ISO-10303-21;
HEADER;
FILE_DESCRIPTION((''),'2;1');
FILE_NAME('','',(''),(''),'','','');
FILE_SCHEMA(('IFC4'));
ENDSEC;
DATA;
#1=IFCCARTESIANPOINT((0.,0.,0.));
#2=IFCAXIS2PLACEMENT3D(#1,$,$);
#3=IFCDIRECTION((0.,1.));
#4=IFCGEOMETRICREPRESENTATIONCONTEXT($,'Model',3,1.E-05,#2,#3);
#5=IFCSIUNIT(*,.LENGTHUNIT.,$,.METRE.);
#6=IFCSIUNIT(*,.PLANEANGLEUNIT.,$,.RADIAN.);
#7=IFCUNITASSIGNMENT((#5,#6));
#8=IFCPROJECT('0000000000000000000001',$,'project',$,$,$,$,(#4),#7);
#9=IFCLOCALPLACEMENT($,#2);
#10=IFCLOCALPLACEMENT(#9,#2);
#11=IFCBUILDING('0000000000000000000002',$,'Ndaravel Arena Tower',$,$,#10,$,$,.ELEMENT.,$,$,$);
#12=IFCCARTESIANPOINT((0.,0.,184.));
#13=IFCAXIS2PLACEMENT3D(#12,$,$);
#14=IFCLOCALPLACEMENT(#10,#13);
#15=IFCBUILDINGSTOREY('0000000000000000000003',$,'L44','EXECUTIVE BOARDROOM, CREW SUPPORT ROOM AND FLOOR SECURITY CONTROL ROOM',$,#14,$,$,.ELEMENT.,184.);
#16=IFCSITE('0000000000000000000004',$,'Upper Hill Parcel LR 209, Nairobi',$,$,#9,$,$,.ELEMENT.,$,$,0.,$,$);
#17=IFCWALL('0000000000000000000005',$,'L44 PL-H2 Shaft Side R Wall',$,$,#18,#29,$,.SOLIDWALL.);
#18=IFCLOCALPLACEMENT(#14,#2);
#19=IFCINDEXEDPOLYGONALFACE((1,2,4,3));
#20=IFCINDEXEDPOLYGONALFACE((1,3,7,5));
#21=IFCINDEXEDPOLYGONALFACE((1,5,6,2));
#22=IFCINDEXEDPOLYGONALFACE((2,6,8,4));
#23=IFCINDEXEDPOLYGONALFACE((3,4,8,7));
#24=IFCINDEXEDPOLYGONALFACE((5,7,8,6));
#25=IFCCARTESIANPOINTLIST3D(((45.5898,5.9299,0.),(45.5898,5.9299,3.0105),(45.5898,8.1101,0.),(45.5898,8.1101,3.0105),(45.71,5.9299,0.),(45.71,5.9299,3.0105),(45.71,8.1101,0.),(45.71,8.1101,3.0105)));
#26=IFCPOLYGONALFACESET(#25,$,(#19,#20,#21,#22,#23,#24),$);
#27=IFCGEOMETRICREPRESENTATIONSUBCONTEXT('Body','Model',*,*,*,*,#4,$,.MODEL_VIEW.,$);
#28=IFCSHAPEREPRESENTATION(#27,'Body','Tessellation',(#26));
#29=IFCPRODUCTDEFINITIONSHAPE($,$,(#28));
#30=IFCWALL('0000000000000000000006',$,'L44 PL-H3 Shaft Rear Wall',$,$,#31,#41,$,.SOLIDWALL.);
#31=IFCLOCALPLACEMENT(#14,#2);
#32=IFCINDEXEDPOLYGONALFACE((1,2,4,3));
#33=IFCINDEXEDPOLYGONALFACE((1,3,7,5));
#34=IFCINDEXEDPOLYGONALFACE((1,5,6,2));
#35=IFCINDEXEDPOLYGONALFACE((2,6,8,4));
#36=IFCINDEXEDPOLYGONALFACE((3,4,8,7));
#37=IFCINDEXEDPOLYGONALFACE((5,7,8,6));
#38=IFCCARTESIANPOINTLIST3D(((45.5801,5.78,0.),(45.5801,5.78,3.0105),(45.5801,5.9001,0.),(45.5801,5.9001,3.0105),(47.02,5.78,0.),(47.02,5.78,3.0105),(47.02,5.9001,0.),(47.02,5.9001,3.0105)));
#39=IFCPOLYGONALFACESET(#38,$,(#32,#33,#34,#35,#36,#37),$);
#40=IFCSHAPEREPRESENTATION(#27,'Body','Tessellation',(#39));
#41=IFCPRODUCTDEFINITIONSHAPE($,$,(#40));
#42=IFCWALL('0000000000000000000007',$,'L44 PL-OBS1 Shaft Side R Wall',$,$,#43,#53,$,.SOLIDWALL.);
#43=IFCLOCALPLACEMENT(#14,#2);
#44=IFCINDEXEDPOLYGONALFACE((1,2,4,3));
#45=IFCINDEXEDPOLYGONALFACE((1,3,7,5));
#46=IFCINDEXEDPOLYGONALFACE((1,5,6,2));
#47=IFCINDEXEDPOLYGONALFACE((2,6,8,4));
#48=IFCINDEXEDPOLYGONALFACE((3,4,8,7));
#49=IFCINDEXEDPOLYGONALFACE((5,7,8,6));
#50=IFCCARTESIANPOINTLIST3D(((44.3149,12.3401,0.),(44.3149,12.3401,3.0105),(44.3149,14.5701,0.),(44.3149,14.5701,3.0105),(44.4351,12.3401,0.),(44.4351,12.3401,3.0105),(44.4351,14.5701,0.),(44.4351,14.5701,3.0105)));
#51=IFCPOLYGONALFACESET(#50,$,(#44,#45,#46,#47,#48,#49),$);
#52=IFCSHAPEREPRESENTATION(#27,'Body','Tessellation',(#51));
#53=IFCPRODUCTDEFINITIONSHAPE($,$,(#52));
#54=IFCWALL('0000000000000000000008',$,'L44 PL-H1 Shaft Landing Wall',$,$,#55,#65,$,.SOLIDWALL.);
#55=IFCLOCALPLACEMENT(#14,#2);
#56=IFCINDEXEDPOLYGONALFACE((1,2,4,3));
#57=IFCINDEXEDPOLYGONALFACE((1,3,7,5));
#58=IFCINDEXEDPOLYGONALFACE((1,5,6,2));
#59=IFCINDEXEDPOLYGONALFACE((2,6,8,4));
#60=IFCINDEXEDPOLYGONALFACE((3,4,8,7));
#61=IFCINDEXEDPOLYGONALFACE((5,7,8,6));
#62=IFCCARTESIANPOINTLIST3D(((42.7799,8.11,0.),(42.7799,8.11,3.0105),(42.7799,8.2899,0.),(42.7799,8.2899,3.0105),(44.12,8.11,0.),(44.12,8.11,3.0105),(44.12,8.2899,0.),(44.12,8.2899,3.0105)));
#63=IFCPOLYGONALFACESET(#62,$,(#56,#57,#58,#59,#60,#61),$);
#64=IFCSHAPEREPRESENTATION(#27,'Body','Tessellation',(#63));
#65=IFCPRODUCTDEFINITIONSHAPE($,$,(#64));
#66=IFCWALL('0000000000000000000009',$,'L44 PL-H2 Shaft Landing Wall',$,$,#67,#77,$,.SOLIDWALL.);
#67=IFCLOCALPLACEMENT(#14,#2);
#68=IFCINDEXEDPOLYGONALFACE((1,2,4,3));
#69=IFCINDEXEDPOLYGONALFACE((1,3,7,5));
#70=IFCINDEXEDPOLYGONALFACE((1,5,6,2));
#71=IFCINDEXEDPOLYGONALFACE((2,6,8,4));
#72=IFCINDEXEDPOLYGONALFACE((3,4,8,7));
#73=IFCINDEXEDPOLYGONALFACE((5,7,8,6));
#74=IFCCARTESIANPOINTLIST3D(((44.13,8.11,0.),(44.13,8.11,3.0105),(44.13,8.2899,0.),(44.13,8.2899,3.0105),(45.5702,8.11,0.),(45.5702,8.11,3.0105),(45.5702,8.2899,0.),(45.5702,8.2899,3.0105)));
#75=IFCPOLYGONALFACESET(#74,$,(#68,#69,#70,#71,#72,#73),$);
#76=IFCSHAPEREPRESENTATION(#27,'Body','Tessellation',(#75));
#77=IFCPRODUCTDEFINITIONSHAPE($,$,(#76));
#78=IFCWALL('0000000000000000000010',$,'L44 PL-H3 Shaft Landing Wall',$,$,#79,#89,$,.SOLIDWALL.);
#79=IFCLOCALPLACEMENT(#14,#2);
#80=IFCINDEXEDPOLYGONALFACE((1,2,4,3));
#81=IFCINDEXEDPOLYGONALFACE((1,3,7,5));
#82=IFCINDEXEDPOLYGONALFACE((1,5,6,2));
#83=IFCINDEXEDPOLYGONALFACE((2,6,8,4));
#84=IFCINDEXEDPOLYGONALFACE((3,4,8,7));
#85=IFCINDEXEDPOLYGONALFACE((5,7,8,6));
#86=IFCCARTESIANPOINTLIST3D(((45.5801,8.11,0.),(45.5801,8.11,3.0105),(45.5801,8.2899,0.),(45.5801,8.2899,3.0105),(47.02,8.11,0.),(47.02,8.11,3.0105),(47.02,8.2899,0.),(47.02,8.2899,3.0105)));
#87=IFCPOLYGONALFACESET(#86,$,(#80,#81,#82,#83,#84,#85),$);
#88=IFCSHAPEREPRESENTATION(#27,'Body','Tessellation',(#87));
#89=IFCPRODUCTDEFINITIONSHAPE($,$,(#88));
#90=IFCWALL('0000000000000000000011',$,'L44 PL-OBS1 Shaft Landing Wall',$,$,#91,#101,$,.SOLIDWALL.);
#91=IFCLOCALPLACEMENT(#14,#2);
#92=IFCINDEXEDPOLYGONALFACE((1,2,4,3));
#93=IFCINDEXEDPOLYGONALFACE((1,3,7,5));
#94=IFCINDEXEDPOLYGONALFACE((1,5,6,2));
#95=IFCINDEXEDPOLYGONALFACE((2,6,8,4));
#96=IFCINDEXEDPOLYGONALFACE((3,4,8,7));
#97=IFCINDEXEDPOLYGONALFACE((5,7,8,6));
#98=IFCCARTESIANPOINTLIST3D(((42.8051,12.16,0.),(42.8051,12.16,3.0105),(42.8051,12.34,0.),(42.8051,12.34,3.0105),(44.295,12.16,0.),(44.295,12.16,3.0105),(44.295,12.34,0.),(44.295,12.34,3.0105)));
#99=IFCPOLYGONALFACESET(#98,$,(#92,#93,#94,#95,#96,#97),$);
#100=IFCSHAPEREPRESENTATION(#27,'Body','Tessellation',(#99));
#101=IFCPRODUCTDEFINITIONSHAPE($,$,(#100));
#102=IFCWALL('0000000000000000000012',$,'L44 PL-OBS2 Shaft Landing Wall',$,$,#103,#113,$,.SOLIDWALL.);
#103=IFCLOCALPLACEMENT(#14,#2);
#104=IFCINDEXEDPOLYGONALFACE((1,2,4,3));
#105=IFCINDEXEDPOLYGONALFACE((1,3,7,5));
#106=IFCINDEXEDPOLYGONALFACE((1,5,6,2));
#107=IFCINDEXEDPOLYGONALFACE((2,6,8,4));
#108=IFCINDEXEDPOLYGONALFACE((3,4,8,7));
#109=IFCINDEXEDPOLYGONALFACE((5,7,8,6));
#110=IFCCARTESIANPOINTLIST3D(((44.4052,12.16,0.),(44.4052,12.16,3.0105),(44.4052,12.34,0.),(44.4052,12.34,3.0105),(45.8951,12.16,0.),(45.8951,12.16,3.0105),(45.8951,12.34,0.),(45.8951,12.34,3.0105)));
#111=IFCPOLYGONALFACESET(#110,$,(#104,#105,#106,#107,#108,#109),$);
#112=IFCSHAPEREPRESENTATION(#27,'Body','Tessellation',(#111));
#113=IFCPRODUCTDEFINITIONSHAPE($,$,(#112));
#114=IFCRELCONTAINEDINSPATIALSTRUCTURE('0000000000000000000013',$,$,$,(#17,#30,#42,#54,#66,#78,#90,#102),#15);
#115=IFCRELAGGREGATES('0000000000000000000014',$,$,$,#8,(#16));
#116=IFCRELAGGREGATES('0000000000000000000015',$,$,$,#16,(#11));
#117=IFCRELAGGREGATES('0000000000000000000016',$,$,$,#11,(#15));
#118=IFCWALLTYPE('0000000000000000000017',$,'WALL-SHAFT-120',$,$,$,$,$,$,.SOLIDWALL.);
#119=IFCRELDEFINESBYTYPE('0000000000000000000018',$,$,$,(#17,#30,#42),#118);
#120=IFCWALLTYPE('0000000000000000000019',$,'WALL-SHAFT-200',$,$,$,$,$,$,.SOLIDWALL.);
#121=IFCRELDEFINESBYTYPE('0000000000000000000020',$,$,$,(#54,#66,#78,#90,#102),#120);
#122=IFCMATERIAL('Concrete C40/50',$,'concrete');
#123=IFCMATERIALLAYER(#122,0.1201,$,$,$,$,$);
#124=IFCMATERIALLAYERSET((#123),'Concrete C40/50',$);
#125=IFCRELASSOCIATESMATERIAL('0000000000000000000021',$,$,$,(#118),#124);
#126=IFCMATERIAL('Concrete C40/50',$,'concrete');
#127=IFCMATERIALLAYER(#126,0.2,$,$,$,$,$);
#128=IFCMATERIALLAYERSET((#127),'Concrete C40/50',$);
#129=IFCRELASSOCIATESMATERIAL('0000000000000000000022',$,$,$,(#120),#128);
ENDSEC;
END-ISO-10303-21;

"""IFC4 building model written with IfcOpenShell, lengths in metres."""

from ifc_helpers import new_model, si_unit, direction, frame, frame_2d, origin, place, context, subcontext, project, spatial, rectangle, extrude, material, layer, layer_set, type_object, element, save


model = new_model("IFC4")

# Units and contexts
model_context = context("Model", 3, precision=1e-05, world=origin(), true_north=direction((0.0, 1.0)))
body_context = subcontext(model_context, "Body", "Model", "MODEL_VIEW")
ifc_project = project(units=[si_unit("LENGTHUNIT", "METRE"), si_unit("PLANEANGLEUNIT", "RADIAN")], contexts=[model_context])

# Site, building, storey
site_placement = place(None, origin())
site = spatial("IfcSite", under=ifc_project, at=site_placement, Name="Upper Hill Parcel LR 209, Nairobi", CompositionType="ELEMENT", RefElevation=0.0)
building_placement = place(site_placement, origin())
building = spatial("IfcBuilding", under=site, at=building_placement, Name="Ndaravel Arena Tower", CompositionType="ELEMENT")
storey_placement = place(building_placement, frame((0.0, 0.0, 184.0)))
storey = spatial("IfcBuildingStorey", under=building, at=storey_placement, Name="L44", Description="EXECUTIVE BOARDROOM, CREW SUPPORT ROOM AND FLOOR SECURITY CONTROL ROOM", CompositionType="ELEMENT", Elevation=184.0)

# Walls
ifc_material_1 = material(Name="Concrete C40/50", Category="concrete")
ifc_layer_1 = layer(ifc_material_1, 0.1201)
ifc_layer_set_1 = layer_set([ifc_layer_1], Name="Concrete C40/50")
wall_type_1 = type_object("IfcWallType", Name="WALL-SHAFT-120", PredefinedType="SOLIDWALL", material=ifc_layer_set_1)
wall_1_placement = place(storey_placement, frame((45.6499, 5.9299, 0.0), z_axis=(0.0, 0.0, 1.0), x_axis=(0.0, 1.0, 0.0)))
element("IfcWall", 1, at=wall_1_placement, inside=storey, type_object=wall_type_1, Name="L44 PL-H2 Shaft Side R Wall", PredefinedType="SOLIDWALL", context=body_context, shape_type="SweptSolid", body=[
    extrude(rectangle(XDim=2.1802, YDim=0.1201, at=frame_2d((1.0901, 0.0))), origin(), (0.0, 0.0, 1.0), 3.0105),
])
wall_2_placement = place(storey_placement, frame((45.5801, 5.8401, 0.0), z_axis=(0.0, 0.0, 1.0), x_axis=(1.0, 0.0, 0.0)))
element("IfcWall", 2, at=wall_2_placement, inside=storey, type_object=wall_type_1, Name="L44 PL-H3 Shaft Rear Wall", PredefinedType="SOLIDWALL", context=body_context, shape_type="SweptSolid", body=[
    extrude(rectangle(XDim=1.4399, YDim=0.1201, at=frame_2d((0.72, 0.0))), origin(), (0.0, 0.0, 1.0), 3.0105),
])
wall_3_placement = place(storey_placement, frame((44.375, 12.3401, 0.0), z_axis=(0.0, 0.0, 1.0), x_axis=(0.0, 1.0, 0.0)))
element("IfcWall", 3, at=wall_3_placement, inside=storey, type_object=wall_type_1, Name="L44 PL-OBS1 Shaft Side R Wall", PredefinedType="SOLIDWALL", context=body_context, shape_type="SweptSolid", body=[
    extrude(rectangle(XDim=2.23, YDim=0.1201, at=frame_2d((1.115, 0.0))), origin(), (0.0, 0.0, 1.0), 3.0105),
])
ifc_material_2 = material(Name="Concrete C40/50", Category="concrete")
ifc_layer_2 = layer(ifc_material_2, 0.2)
ifc_layer_set_2 = layer_set([ifc_layer_2], Name="Concrete C40/50")
wall_type_2 = type_object("IfcWallType", Name="WALL-SHAFT-200", PredefinedType="SOLIDWALL", material=ifc_layer_set_2)
wall_4_placement = place(storey_placement, frame((42.78, 8.2, 0.0), z_axis=(0.0, 0.0, 1.0), x_axis=(1.0, 0.0, 0.0)))
element("IfcWall", 4, at=wall_4_placement, inside=storey, type_object=wall_type_2, Name="L44 PL-H1 Shaft Landing Wall", PredefinedType="SOLIDWALL", context=body_context, shape_type="SweptSolid", body=[
    extrude(rectangle(XDim=1.3401, YDim=0.1799, at=frame_2d((0.6699, 0.0))), origin(), (0.0, 0.0, 1.0), 3.0105),
])
wall_5_placement = place(storey_placement, frame((44.1299, 8.2, 0.0), z_axis=(0.0, 0.0, 1.0), x_axis=(1.0, 0.0, 0.0)))
element("IfcWall", 5, at=wall_5_placement, inside=storey, type_object=wall_type_2, Name="L44 PL-H2 Shaft Landing Wall", PredefinedType="SOLIDWALL", context=body_context, shape_type="SweptSolid", body=[
    extrude(rectangle(XDim=1.4402, YDim=0.1799, at=frame_2d((0.7202, 0.0))), origin(), (0.0, 0.0, 1.0), 3.0105),
])
wall_6_placement = place(storey_placement, frame((45.5801, 8.2, 0.0), z_axis=(0.0, 0.0, 1.0), x_axis=(1.0, 0.0, 0.0)))
element("IfcWall", 6, at=wall_6_placement, inside=storey, type_object=wall_type_2, Name="L44 PL-H3 Shaft Landing Wall", PredefinedType="SOLIDWALL", context=body_context, shape_type="SweptSolid", body=[
    extrude(rectangle(XDim=1.4399, YDim=0.1799, at=frame_2d((0.72, 0.0))), origin(), (0.0, 0.0, 1.0), 3.0105),
])
for number, where, z_axis, x_axis, name in (
    (7, (42.8049, 12.25, 0.0), (0.0, 0.0, 1.0), (1.0, 0.0, 0.0), "L44 PL-OBS1 Shaft Landing Wall"),
    (8, (44.405, 12.25, 0.0), (0.0, 0.0, 1.0), (1.0, 0.0, 0.0), "L44 PL-OBS2 Shaft Landing Wall"),
):
    element("IfcWall", number, at=place(storey_placement, frame(where, z_axis=z_axis, x_axis=x_axis)), inside=storey, type_object=wall_type_2, Name=name, PredefinedType="SOLIDWALL", context=body_context, shape_type="SweptSolid", body=[
        extrude(rectangle(XDim=1.49, YDim=0.1799, at=frame_2d((0.7451, 0.0))), origin(), (0.0, 0.0, 1.0), 3.0105),
    ])

save(model, "model.ifc")
